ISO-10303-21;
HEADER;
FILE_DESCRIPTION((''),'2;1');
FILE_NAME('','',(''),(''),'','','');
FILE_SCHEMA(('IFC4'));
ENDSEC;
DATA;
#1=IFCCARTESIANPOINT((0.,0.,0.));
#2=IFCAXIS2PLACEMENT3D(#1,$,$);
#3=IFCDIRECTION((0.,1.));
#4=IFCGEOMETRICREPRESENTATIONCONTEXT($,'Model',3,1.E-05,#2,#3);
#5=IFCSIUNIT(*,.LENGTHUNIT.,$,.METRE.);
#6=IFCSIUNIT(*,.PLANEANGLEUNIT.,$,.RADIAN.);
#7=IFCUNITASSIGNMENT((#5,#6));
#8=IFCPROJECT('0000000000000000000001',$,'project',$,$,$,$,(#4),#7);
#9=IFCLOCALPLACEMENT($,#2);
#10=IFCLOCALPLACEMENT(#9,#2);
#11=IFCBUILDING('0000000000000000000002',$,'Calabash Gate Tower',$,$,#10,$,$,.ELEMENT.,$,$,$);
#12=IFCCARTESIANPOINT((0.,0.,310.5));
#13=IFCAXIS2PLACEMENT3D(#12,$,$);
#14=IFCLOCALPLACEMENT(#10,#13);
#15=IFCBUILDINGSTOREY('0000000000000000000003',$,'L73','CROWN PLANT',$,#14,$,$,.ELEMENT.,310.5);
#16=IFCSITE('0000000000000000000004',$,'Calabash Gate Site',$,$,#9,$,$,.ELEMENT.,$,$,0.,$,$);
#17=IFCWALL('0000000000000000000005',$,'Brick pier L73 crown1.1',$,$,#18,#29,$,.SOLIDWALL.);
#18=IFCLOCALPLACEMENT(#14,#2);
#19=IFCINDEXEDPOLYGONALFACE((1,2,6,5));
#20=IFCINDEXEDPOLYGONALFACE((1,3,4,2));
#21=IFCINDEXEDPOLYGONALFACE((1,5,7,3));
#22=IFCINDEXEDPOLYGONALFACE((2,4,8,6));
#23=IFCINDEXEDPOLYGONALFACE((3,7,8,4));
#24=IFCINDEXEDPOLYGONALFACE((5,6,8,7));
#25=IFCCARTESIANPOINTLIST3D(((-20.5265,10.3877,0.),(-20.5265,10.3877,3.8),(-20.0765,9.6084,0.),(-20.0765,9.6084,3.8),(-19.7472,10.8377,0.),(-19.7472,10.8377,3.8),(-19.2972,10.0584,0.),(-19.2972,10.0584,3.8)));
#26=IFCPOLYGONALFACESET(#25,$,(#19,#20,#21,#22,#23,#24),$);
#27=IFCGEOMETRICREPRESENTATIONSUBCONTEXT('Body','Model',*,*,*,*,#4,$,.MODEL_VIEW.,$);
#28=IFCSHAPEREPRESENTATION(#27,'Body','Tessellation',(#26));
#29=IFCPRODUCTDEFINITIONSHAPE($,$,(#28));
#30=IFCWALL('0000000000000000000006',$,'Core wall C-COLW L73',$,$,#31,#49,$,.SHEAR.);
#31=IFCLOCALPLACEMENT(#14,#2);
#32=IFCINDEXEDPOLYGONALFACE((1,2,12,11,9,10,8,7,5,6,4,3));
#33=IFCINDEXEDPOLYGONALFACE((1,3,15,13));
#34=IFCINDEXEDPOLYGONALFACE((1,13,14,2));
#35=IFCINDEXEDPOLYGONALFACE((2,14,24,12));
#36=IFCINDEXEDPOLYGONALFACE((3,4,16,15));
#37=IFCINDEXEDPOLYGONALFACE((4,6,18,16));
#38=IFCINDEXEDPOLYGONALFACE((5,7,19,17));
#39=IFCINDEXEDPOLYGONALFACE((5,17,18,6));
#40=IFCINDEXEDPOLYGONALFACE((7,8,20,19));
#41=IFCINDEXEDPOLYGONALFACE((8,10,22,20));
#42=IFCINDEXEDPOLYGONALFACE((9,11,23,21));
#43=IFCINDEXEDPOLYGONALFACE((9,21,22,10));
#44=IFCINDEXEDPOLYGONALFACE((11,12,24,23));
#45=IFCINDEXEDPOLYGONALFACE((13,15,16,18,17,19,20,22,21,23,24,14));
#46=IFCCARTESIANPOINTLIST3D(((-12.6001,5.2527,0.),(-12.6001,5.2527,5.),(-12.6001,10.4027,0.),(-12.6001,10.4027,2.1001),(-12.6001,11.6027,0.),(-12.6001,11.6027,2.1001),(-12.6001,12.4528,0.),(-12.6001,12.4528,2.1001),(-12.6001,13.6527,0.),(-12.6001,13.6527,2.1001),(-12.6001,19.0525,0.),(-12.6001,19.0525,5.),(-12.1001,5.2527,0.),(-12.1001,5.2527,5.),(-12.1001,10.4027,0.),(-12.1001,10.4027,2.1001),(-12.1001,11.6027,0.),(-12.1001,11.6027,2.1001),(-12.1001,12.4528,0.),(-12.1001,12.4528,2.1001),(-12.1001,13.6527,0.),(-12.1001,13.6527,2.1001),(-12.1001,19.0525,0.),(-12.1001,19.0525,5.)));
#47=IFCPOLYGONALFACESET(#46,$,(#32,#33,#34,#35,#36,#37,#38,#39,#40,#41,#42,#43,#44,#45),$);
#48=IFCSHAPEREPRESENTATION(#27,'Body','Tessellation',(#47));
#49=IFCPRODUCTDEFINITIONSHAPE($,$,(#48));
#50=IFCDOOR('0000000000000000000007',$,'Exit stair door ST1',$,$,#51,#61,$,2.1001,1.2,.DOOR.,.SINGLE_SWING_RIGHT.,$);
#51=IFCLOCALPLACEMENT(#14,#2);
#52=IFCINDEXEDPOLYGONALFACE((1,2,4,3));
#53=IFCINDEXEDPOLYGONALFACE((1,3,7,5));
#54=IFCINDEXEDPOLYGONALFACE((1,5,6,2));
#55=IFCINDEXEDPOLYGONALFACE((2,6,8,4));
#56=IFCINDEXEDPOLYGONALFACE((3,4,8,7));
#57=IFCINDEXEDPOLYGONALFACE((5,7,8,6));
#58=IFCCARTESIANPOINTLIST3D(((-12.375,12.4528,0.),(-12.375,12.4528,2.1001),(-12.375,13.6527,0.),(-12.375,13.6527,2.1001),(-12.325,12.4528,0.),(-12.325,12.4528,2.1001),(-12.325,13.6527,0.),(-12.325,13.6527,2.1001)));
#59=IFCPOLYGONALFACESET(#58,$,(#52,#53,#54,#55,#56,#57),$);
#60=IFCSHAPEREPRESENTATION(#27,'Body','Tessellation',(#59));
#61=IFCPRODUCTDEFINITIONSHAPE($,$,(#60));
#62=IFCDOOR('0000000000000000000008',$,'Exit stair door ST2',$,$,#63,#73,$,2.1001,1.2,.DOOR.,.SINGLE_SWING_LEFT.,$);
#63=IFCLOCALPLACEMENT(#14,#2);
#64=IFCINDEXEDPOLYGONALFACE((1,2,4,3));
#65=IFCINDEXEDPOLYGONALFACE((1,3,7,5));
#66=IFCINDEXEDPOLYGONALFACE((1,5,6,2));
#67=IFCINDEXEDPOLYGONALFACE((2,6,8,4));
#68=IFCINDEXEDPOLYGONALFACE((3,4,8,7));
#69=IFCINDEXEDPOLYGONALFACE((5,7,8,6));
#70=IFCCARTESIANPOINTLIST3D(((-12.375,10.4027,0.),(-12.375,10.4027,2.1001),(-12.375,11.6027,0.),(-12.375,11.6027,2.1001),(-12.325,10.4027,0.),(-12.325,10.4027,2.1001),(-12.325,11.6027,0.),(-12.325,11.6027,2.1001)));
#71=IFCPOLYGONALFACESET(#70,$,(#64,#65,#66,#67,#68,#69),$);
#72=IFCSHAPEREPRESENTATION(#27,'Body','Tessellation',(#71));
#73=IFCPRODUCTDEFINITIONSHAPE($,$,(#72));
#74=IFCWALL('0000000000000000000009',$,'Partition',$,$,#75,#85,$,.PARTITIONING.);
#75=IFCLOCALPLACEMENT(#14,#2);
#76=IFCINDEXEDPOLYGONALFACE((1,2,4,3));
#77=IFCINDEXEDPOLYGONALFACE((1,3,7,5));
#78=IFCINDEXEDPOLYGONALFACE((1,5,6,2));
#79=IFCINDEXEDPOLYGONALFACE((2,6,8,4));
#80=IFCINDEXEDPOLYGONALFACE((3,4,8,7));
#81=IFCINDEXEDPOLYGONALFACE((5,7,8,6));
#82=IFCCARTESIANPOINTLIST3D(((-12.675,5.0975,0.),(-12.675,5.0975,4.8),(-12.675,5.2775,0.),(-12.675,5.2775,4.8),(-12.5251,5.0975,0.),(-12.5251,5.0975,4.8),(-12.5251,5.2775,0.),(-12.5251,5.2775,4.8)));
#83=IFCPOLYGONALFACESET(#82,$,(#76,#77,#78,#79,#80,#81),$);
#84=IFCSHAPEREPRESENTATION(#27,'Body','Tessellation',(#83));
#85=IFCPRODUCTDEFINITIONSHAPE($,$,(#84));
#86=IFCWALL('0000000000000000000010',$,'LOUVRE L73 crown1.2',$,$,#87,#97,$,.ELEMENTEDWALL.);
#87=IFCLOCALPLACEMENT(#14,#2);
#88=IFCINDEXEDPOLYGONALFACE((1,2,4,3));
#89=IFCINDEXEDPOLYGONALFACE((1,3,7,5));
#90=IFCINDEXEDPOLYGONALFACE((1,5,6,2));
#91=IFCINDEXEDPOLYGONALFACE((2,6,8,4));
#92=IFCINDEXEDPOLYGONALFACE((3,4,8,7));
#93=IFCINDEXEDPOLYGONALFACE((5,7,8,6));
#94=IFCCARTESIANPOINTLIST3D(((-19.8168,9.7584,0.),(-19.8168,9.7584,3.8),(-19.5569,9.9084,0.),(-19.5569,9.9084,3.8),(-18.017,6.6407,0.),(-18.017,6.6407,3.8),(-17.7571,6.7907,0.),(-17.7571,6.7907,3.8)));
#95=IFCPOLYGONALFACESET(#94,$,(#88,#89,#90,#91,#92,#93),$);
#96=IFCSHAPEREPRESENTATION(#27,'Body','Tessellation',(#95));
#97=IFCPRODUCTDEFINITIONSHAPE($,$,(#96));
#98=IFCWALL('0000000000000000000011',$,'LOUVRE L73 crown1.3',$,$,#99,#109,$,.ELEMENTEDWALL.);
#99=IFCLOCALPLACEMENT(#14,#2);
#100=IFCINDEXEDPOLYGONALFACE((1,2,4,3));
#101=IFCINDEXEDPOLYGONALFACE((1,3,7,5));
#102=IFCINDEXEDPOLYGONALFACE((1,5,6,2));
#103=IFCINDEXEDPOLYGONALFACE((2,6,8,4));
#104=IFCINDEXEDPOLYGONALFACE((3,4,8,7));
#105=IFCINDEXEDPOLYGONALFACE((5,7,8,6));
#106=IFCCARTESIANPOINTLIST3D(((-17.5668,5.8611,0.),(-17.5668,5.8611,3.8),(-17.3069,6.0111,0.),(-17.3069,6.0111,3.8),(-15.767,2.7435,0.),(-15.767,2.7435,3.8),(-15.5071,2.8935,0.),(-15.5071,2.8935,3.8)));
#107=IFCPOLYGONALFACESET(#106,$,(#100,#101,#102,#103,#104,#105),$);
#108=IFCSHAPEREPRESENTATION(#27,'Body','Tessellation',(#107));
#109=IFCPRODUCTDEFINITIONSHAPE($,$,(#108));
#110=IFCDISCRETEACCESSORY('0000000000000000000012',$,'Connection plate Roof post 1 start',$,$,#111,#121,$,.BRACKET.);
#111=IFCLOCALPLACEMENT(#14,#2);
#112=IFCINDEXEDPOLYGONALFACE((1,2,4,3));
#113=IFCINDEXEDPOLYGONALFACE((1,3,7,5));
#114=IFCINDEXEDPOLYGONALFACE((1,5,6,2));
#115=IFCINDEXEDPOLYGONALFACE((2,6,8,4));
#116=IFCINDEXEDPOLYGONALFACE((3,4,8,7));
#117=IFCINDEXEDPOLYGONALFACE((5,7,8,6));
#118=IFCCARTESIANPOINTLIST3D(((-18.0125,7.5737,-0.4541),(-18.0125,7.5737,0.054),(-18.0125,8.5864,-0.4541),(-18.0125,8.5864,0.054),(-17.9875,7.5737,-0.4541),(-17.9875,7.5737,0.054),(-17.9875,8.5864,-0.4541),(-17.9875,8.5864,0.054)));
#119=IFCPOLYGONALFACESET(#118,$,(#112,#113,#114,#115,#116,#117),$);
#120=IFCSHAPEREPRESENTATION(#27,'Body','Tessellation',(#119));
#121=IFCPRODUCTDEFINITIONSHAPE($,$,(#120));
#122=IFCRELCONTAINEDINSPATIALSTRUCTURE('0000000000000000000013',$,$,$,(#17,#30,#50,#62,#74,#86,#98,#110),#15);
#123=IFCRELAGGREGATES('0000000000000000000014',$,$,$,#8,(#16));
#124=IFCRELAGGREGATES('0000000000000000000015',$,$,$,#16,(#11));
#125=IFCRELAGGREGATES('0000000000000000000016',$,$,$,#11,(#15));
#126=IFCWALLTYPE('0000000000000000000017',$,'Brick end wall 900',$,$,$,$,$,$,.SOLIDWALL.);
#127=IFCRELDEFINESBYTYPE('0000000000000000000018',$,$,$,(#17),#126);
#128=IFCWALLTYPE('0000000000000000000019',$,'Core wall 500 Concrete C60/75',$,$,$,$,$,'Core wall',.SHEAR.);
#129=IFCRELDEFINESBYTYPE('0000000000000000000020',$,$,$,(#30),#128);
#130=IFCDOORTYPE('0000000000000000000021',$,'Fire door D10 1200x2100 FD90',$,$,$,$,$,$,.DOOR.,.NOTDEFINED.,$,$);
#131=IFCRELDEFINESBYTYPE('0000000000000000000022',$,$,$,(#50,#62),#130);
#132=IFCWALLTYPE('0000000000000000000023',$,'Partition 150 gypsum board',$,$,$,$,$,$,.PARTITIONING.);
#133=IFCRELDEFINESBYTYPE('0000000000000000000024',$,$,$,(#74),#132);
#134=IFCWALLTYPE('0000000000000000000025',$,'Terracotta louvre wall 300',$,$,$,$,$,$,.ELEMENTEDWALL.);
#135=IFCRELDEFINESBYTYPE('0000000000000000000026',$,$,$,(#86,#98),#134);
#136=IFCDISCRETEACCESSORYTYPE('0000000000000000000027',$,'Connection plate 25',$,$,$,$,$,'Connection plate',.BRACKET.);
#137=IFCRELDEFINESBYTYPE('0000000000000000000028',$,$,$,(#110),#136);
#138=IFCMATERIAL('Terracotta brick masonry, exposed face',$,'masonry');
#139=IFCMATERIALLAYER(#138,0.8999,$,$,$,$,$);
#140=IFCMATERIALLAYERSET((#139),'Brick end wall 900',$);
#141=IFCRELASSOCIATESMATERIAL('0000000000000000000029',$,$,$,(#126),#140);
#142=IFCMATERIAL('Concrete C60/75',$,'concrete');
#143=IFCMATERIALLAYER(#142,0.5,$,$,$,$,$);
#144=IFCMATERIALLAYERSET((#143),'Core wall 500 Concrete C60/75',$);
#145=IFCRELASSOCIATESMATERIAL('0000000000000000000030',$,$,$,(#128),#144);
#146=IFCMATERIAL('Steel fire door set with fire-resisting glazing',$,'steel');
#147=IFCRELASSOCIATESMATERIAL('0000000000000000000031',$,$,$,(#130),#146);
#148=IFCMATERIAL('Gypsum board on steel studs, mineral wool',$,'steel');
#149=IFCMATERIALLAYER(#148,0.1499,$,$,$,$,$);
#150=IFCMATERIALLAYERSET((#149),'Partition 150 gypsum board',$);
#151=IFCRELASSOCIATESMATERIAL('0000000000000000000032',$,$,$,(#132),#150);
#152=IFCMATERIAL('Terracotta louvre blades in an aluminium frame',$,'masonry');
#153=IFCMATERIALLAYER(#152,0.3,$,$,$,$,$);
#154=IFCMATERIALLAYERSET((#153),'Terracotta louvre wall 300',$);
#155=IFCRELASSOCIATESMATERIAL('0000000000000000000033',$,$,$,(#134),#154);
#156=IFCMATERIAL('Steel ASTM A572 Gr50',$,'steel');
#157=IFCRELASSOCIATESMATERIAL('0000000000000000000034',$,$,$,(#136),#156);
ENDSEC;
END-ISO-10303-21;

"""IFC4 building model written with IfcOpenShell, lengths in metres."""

from ifc_helpers import new_model, si_unit, direction, frame, frame_2d, origin, origin_2d, place, context, subcontext, project, spatial, rectangle, extrude, material, layer, layer_set, type_object, element, fill, save


model = new_model("IFC4")

# Units and contexts
model_context = context("Model", 3, precision=1e-05, world=origin(), true_north=direction((0.0, 1.0)))
body_context = subcontext(model_context, "Body", "Model", "MODEL_VIEW")
ifc_project = project(units=[si_unit("LENGTHUNIT", "METRE"), si_unit("PLANEANGLEUNIT", "RADIAN")], contexts=[model_context])

# Site, building, storey
site_placement = place(None, origin())
site = spatial("IfcSite", under=ifc_project, at=site_placement, Name="Calabash Gate Site", CompositionType="ELEMENT", RefElevation=0.0)
building_placement = place(site_placement, origin())
building = spatial("IfcBuilding", under=site, at=building_placement, Name="Calabash Gate Tower", CompositionType="ELEMENT")
storey_placement = place(building_placement, frame((0.0, 0.0, 310.5)))
storey = spatial("IfcBuildingStorey", under=building, at=storey_placement, Name="L73", Description="CROWN PLANT", CompositionType="ELEMENT", Elevation=310.5)

# Wall
ifc_material_1 = material(Name="Terracotta brick masonry, exposed face", Category="masonry")
ifc_layer_1 = layer(ifc_material_1, 0.8999)
ifc_layer_set_1 = layer_set([ifc_layer_1], Name="Brick end wall 900")
wall_type_1 = type_object("IfcWallType", Name="Brick end wall 900", PredefinedType="SOLIDWALL", material=ifc_layer_set_1)
wall_1_placement = place(storey_placement, frame((-20.3015, 9.998, 0.0), z_axis=(0.0, 0.0, 1.0), x_axis=(0.866014, 0.50002, 0.0)))
element("IfcWall", 1, at=wall_1_placement, inside=storey, type_object=wall_type_1, Name="Brick pier L73 crown1.1", PredefinedType="SOLIDWALL", context=body_context, shape_type="SweptSolid", body=[
    extrude(rectangle(XDim=0.8999, YDim=0.8999, at=frame_2d((0.45, 0.0))), origin(), (0.0, 0.0, 1.0), 3.8),
])

# Wall, openings, doors
ifc_material_2 = material(Name="Concrete C60/75", Category="concrete")
ifc_layer_2 = layer(ifc_material_2, 0.5)
ifc_layer_set_2 = layer_set([ifc_layer_2], Name="Core wall 500 Concrete C60/75")
wall_type_2 = type_object("IfcWallType", Name="Core wall 500 Concrete C60/75", ElementType="Core wall", PredefinedType="SHEAR", material=ifc_layer_set_2)
wall_2_placement = place(storey_placement, frame((-12.3501, 5.2527, 0.0), z_axis=(0.0, 0.0, 1.0), x_axis=(0.0, 1.0, 0.0)))
wall_2 = element("IfcWall", 2, at=wall_2_placement, inside=storey, type_object=wall_type_2, Name="Core wall C-COLW L73", PredefinedType="SHEAR", context=body_context, shape_type="SweptSolid", body=[
    extrude(rectangle(XDim=13.7998, YDim=0.5, at=frame_2d((6.8999, 0.0))), origin(), (0.0, 0.0, 1.0), 5.0),
])
opening_1_placement = place(wall_2_placement, frame((7.2, 0.0, 0.0)))
opening_1 = element("IfcOpeningElement", 3, at=opening_1_placement, cuts=wall_2, PredefinedType="OPENING", context=body_context, shape_type="SweptSolid", body=[
    extrude(rectangle(XDim=1.2, YDim=2.1001, at=frame_2d((0.6001, 1.05))), frame((0.0, 0.26, 0.0), z_axis=(0.0, -1.0, 0.0), x_axis=(1.0, 0.0, 0.0)), (0.0, 0.0, 1.0), 0.52),
])
opening_2_placement = place(wall_2_placement, frame((5.1499, 0.0, 0.0)))
opening_2 = element("IfcOpeningElement", 4, at=opening_2_placement, cuts=wall_2, PredefinedType="OPENING", context=body_context, shape_type="SweptSolid", body=[
    extrude(rectangle(XDim=1.2, YDim=2.1001, at=frame_2d((0.6001, 1.05))), frame((0.0, 0.26, 0.0), z_axis=(0.0, -1.0, 0.0), x_axis=(1.0, 0.0, 0.0)), (0.0, 0.0, 1.0), 0.52),
])
ifc_material_3 = material(Name="Steel fire door set with fire-resisting glazing", Category="steel")
door_type = type_object("IfcDoorType", Name="Fire door D10 1200x2100 FD90", OperationType="NOTDEFINED", PredefinedType="DOOR", material=ifc_material_3)
door_1_placement = place(opening_1_placement, origin())
door_1 = element("IfcDoor", 5, at=door_1_placement, inside=storey, type_object=door_type, Name="Exit stair door ST1", OperationType="SINGLE_SWING_RIGHT", OverallHeight=2.1001, OverallWidth=1.2, PredefinedType="DOOR", context=body_context, shape_type="SweptSolid", body=[
    extrude(rectangle(XDim=1.2, YDim=2.1001, at=frame_2d((0.6001, 1.05))), frame((0.0, 0.0249, 0.0), z_axis=(0.0, -1.0, 0.0), x_axis=(1.0, 0.0, 0.0)), (0.0, 0.0, 1.0), 0.05),
])
fill(opening_1, door_1)
door_2_placement = place(opening_2_placement, origin())
door_2 = element("IfcDoor", 6, at=door_2_placement, inside=storey, type_object=door_type, Name="Exit stair door ST2", OperationType="SINGLE_SWING_LEFT", OverallHeight=2.1001, OverallWidth=1.2, PredefinedType="DOOR", context=body_context, shape_type="SweptSolid", body=[
    extrude(rectangle(XDim=1.2, YDim=2.1001, at=frame_2d((0.6001, 1.05))), frame((0.0, 0.0249, 0.0), z_axis=(0.0, -1.0, 0.0), x_axis=(1.0, 0.0, 0.0)), (0.0, 0.0, 1.0), 0.05),
])
fill(opening_2, door_2)

# Walls
ifc_material_4 = material(Name="Gypsum board on steel studs, mineral wool", Category="steel")
ifc_layer_3 = layer(ifc_material_4, 0.1499)
ifc_layer_set_3 = layer_set([ifc_layer_3], Name="Partition 150 gypsum board")
wall_type_3 = type_object("IfcWallType", Name="Partition 150 gypsum board", PredefinedType="PARTITIONING", material=ifc_layer_set_3)
wall_3_placement = place(storey_placement, frame((-12.6001, 5.0977, 0.0), z_axis=(0.0, 0.0, 1.0), x_axis=(0.0, 1.0, 0.0)))
element("IfcWall", 7, at=wall_3_placement, inside=storey, type_object=wall_type_3, Name="Partition", PredefinedType="PARTITIONING", context=body_context, shape_type="SweptSolid", body=[
    extrude(rectangle(XDim=0.1799, YDim=0.1499, at=frame_2d((0.0898, 0.0))), origin(), (0.0, 0.0, 1.0), 4.8),
])
ifc_material_5 = material(Name="Terracotta louvre blades in an aluminium frame", Category="masonry")
ifc_layer_4 = layer(ifc_material_5, 0.3)
ifc_layer_set_4 = layer_set([ifc_layer_4], Name="Terracotta louvre wall 300")
wall_type_4 = type_object("IfcWallType", Name="Terracotta louvre wall 300", PredefinedType="ELEMENTEDWALL", material=ifc_layer_set_4)
for number, where, z_axis, x_axis, name in (
    (8, (-19.6868, 9.8333, 0.0), (0.0, 0.0, 1.0), (0.499961, -0.866048, 0.0), "LOUVRE L73 crown1.2"),
    (9, (-17.4368, 5.936, 0.0), (0.0, 0.0, 1.0), (0.499961, -0.866048, 0.0), "LOUVRE L73 crown1.3"),
):
    element("IfcWall", number, at=place(storey_placement, frame(where, z_axis=z_axis, x_axis=x_axis)), inside=storey, type_object=wall_type_4, Name=name, PredefinedType="ELEMENTEDWALL", context=body_context, shape_type="SweptSolid", body=[
        extrude(rectangle(XDim=3.5999, YDim=0.3, at=frame_2d((1.7998, 0.0))), origin(), (0.0, 0.0, 1.0), 3.8),
    ])

# Discrete accessory
ifc_material_6 = material(Name="Steel ASTM A572 Gr50", Category="steel")
discrete_accessory_type = type_object("IfcDiscreteAccessoryType", Name="Connection plate 25", ElementType="Connection plate", PredefinedType="BRACKET", material=ifc_material_6)
discrete_accessory_placement = place(storey_placement, frame((-18.0, 8.0801, -0.4541), z_axis=(0.0, 0.0, 1.0), x_axis=(0.0, 1.0, 0.0)))
element("IfcDiscreteAccessory", 10, at=discrete_accessory_placement, inside=storey, type_object=discrete_accessory_type, Name="Connection plate Roof post 1 start", PredefinedType="BRACKET", context=body_context, shape_type="SweptSolid", body=[
    extrude(rectangle(XDim=1.0127, YDim=0.0249, at=origin_2d()), origin(), (0.0, 0.0, 1.0), 0.5081),
])

save(model, "model.ifc")
